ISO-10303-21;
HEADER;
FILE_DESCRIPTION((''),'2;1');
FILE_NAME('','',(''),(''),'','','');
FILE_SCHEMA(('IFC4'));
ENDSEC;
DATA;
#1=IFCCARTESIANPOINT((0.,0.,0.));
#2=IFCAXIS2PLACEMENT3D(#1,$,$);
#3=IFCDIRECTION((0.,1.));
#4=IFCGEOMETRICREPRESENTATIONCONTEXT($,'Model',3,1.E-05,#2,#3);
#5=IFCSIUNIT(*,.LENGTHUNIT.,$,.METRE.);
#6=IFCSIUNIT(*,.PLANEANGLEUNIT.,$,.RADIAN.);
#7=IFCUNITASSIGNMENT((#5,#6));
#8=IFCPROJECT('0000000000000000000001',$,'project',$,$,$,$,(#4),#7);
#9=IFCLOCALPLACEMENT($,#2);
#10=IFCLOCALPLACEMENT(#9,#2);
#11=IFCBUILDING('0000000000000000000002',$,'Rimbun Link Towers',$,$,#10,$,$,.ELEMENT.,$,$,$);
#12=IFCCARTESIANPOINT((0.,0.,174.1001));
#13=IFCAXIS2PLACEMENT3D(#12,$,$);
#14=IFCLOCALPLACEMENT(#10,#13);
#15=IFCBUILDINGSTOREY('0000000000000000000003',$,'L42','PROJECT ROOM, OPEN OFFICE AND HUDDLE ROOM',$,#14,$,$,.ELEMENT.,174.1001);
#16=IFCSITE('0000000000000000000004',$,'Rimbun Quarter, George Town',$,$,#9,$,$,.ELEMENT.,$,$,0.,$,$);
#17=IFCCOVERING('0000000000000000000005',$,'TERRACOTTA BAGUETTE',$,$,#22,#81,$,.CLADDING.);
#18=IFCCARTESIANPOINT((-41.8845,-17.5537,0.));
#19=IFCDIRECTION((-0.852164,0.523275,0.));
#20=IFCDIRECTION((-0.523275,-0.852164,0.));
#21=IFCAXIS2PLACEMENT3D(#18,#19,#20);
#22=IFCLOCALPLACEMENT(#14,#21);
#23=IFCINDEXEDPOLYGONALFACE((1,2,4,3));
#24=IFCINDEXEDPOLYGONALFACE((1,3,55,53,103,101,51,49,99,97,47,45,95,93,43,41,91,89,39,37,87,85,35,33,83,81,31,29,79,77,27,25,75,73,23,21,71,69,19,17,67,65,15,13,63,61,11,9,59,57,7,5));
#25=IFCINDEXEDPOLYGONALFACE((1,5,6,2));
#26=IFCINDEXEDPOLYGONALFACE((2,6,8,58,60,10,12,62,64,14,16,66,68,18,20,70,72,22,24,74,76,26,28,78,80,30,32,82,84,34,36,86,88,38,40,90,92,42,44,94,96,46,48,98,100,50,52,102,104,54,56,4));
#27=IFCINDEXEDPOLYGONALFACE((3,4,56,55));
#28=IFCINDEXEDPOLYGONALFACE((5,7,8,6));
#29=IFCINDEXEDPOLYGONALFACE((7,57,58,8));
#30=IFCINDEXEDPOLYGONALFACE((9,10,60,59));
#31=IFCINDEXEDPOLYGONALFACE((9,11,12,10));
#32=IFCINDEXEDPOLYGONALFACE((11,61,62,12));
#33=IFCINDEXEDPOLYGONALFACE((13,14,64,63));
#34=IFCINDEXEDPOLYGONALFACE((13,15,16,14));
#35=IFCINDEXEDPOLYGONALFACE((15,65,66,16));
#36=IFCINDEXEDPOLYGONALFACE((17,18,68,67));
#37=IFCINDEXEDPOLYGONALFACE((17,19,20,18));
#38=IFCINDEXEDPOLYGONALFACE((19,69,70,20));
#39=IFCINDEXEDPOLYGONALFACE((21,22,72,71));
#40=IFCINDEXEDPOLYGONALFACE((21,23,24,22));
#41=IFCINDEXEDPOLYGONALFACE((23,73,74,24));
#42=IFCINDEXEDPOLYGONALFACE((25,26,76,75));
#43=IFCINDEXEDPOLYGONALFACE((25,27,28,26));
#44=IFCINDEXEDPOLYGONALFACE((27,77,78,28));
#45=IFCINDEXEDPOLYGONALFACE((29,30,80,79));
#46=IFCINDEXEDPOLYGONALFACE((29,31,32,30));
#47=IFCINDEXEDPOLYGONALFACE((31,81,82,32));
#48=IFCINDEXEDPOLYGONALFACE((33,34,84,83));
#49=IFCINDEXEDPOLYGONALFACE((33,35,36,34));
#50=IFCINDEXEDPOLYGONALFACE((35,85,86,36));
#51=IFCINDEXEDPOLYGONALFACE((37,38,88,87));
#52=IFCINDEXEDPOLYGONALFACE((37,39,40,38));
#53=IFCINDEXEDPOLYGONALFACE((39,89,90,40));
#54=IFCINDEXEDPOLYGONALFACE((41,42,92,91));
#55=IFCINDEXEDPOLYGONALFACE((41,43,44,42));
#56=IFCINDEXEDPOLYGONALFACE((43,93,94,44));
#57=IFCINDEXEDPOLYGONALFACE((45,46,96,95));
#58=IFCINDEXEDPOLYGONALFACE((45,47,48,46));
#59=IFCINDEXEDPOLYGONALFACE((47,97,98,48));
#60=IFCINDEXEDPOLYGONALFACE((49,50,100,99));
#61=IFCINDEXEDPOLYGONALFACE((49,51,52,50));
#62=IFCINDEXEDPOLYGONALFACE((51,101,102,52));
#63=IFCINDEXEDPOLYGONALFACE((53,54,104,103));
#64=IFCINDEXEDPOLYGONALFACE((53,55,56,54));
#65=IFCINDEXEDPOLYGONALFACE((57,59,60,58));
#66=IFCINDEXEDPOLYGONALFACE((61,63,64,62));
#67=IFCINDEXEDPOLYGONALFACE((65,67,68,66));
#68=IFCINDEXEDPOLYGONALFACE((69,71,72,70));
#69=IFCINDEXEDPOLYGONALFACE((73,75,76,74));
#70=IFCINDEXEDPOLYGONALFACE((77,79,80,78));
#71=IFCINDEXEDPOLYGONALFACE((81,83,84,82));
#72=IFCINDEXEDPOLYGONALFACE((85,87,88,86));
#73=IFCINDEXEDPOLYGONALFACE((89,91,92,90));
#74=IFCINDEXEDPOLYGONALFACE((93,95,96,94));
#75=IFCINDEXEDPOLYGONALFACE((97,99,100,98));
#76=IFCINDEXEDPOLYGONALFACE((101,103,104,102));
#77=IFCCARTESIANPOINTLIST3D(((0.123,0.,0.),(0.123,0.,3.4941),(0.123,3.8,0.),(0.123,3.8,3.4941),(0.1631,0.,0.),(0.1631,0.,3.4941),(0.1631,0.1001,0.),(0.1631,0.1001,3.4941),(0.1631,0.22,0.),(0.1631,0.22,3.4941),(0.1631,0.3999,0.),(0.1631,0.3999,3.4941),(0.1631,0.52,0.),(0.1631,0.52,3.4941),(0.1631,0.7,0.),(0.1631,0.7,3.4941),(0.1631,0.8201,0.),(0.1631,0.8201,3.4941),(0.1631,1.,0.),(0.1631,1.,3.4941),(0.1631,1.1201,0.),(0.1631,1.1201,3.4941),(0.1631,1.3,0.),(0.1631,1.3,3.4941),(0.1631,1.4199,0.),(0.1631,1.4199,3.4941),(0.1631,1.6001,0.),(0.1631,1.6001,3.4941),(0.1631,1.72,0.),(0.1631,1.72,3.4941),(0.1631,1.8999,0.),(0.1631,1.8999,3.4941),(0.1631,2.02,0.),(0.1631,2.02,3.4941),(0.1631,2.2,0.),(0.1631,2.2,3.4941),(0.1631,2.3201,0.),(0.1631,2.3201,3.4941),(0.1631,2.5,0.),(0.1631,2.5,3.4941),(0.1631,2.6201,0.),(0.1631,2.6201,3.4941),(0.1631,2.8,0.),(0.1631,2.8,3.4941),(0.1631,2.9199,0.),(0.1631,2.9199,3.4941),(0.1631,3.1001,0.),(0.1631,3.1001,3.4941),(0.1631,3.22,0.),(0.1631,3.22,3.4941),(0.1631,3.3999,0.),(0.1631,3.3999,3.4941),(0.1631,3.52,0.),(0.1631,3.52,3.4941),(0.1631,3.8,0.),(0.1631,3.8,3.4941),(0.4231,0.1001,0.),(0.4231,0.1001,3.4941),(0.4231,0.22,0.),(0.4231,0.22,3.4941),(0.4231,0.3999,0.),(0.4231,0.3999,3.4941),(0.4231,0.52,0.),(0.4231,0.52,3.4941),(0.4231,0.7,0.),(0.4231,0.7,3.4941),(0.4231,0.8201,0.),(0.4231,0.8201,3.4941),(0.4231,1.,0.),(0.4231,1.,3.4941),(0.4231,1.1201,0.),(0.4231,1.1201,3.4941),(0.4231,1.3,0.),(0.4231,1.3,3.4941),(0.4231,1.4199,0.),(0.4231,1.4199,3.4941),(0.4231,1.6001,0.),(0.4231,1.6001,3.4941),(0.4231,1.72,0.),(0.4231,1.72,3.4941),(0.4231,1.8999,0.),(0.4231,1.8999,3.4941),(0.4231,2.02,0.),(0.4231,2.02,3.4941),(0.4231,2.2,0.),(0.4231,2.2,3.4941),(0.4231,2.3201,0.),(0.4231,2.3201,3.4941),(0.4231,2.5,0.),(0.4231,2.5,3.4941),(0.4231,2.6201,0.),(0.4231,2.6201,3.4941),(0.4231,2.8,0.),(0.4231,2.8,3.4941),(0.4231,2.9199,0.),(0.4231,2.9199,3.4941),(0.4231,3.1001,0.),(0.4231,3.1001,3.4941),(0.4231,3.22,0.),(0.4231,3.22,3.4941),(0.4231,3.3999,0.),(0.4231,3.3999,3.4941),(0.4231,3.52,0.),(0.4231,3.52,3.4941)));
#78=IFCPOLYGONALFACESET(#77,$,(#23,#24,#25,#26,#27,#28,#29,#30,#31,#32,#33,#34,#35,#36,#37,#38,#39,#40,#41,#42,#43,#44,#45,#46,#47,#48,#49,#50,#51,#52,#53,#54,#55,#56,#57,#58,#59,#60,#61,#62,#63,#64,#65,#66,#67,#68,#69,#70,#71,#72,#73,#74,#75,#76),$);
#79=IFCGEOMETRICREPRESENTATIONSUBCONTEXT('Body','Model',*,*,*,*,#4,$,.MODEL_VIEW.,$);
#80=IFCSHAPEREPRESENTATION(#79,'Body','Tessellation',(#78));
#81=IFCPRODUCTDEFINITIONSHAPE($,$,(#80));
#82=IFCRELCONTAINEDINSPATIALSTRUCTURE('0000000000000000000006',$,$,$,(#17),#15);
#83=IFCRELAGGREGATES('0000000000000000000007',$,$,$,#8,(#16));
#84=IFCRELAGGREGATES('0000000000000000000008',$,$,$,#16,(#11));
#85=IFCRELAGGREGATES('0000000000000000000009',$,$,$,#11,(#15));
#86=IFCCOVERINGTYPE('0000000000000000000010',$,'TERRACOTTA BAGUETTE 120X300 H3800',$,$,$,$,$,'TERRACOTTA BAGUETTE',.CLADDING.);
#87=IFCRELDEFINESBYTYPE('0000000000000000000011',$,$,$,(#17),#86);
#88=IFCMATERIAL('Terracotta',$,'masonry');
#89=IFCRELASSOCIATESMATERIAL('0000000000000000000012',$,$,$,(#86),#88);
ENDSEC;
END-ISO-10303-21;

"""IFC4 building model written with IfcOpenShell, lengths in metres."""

from ifc_helpers import new_model, si_unit, direction, frame, origin, place, context, subcontext, project, spatial, polyline, outline, extrude, material, material_profile, profile_set, type_object, element, save


model = new_model("IFC4")

# Units and contexts
model_context = context("Model", 3, precision=1e-05, world=origin(), true_north=direction((0.0, 1.0)))
body_context = subcontext(model_context, "Body", "Model", "MODEL_VIEW")
ifc_project = project(units=[si_unit("LENGTHUNIT", "METRE"), si_unit("PLANEANGLEUNIT", "RADIAN")], contexts=[model_context])

# Site, building, storey
site_placement = place(None, origin())
site = spatial("IfcSite", under=ifc_project, at=site_placement, Name="Rimbun Quarter, George Town", CompositionType="ELEMENT", RefElevation=0.0)
building_placement = place(site_placement, origin())
building = spatial("IfcBuilding", under=site, at=building_placement, Name="Rimbun Link Towers", CompositionType="ELEMENT")
storey_placement = place(building_placement, frame((0.0, 0.0, 174.1001)))
storey = spatial("IfcBuildingStorey", under=building, at=storey_placement, Name="L42", Description="PROJECT ROOM, OPEN OFFICE AND HUDDLE ROOM", CompositionType="ELEMENT", Elevation=174.1001)

# Covering
ifc_material_1 = material(Name="Terracotta", Category="masonry")
ifc_material_profile_1 = material_profile(ifc_material_1, outline(polyline([(0.123, 0.0), (0.1631, 0.0), (0.1631, 0.1001), (0.4231, 0.1001), (0.4231, 0.22), (0.1631, 0.22), (0.1631, 0.3999), (0.4231, 0.3999), (0.4231, 0.52), (0.1631, 0.52), (0.1631, 0.7), (0.4231, 0.7), (0.4231, 0.8201), (0.1631, 0.8201), (0.1631, 1.0), (0.4231, 1.0), (0.4231, 1.1201), (0.1631, 1.1201), (0.1631, 1.3), (0.4231, 1.3), (0.4231, 1.4199), (0.1631, 1.4199), (0.1631, 1.6001), (0.4231, 1.6001), (0.4231, 1.72), (0.1631, 1.72), (0.1631, 1.8999), (0.4231, 1.8999), (0.4231, 2.02), (0.1631, 2.02), (0.1631, 2.2), (0.4231, 2.2), (0.4231, 2.3201), (0.1631, 2.3201), (0.1631, 2.5), (0.4231, 2.5), (0.4231, 2.6201), (0.1631, 2.6201), (0.1631, 2.8), (0.4231, 2.8), (0.4231, 2.9199), (0.1631, 2.9199), (0.1631, 3.1001), (0.4231, 3.1001), (0.4231, 3.22), (0.1631, 3.22), (0.1631, 3.3999), (0.4231, 3.3999), (0.4231, 3.52), (0.1631, 3.52), (0.1631, 3.8), (0.123, 3.8), (0.123, 0.0)])), Name="BAGUETTE 120X300")
ifc_profile_set_1 = profile_set([ifc_material_profile_1], Name="Terracotta")
covering_type = type_object("IfcCoveringType", Name="TERRACOTTA BAGUETTE 120X300 H3800", ElementType="TERRACOTTA BAGUETTE", PredefinedType="CLADDING", material=ifc_profile_set_1)
covering_1_placement = place(storey_placement, frame((-41.8845, -17.5537, 0.0), z_axis=(-0.852164, 0.523275, 0.0), x_axis=(-0.523275, -0.852164, 0.0)))
element("IfcCovering", 1, at=covering_1_placement, inside=storey, type_object=covering_type, Name="TERRACOTTA BAGUETTE", PredefinedType="CLADDING", context=body_context, shape_type="SweptSolid", body=[
    extrude(outline(polyline([(0.123, 0.0), (0.1631, 0.0), (0.1631, 0.1001), (0.4231, 0.1001), (0.4231, 0.22), (0.1631, 0.22), (0.1631, 0.3999), (0.4231, 0.3999), (0.4231, 0.52), (0.1631, 0.52), (0.1631, 0.7), (0.4231, 0.7), (0.4231, 0.8201), (0.1631, 0.8201), (0.1631, 1.0), (0.4231, 1.0), (0.4231, 1.1201), (0.1631, 1.1201), (0.1631, 1.3), (0.4231, 1.3), (0.4231, 1.4199), (0.1631, 1.4199), (0.1631, 1.6001), (0.4231, 1.6001), (0.4231, 1.72), (0.1631, 1.72), (0.1631, 1.8999), (0.4231, 1.8999), (0.4231, 2.02), (0.1631, 2.02), (0.1631, 2.2), (0.4231, 2.2), (0.4231, 2.3201), (0.1631, 2.3201), (0.1631, 2.5), (0.4231, 2.5), (0.4231, 2.6201), (0.1631, 2.6201), (0.1631, 2.8), (0.4231, 2.8), (0.4231, 2.9199), (0.1631, 2.9199), (0.1631, 3.1001), (0.4231, 3.1001), (0.4231, 3.22), (0.1631, 3.22), (0.1631, 3.3999), (0.4231, 3.3999), (0.4231, 3.52), (0.1631, 3.52), (0.1631, 3.8), (0.123, 3.8), (0.123, 0.0)])), origin(), (0.0, 0.0, 1.0), 3.4941),
])

save(model, "model.ifc")
